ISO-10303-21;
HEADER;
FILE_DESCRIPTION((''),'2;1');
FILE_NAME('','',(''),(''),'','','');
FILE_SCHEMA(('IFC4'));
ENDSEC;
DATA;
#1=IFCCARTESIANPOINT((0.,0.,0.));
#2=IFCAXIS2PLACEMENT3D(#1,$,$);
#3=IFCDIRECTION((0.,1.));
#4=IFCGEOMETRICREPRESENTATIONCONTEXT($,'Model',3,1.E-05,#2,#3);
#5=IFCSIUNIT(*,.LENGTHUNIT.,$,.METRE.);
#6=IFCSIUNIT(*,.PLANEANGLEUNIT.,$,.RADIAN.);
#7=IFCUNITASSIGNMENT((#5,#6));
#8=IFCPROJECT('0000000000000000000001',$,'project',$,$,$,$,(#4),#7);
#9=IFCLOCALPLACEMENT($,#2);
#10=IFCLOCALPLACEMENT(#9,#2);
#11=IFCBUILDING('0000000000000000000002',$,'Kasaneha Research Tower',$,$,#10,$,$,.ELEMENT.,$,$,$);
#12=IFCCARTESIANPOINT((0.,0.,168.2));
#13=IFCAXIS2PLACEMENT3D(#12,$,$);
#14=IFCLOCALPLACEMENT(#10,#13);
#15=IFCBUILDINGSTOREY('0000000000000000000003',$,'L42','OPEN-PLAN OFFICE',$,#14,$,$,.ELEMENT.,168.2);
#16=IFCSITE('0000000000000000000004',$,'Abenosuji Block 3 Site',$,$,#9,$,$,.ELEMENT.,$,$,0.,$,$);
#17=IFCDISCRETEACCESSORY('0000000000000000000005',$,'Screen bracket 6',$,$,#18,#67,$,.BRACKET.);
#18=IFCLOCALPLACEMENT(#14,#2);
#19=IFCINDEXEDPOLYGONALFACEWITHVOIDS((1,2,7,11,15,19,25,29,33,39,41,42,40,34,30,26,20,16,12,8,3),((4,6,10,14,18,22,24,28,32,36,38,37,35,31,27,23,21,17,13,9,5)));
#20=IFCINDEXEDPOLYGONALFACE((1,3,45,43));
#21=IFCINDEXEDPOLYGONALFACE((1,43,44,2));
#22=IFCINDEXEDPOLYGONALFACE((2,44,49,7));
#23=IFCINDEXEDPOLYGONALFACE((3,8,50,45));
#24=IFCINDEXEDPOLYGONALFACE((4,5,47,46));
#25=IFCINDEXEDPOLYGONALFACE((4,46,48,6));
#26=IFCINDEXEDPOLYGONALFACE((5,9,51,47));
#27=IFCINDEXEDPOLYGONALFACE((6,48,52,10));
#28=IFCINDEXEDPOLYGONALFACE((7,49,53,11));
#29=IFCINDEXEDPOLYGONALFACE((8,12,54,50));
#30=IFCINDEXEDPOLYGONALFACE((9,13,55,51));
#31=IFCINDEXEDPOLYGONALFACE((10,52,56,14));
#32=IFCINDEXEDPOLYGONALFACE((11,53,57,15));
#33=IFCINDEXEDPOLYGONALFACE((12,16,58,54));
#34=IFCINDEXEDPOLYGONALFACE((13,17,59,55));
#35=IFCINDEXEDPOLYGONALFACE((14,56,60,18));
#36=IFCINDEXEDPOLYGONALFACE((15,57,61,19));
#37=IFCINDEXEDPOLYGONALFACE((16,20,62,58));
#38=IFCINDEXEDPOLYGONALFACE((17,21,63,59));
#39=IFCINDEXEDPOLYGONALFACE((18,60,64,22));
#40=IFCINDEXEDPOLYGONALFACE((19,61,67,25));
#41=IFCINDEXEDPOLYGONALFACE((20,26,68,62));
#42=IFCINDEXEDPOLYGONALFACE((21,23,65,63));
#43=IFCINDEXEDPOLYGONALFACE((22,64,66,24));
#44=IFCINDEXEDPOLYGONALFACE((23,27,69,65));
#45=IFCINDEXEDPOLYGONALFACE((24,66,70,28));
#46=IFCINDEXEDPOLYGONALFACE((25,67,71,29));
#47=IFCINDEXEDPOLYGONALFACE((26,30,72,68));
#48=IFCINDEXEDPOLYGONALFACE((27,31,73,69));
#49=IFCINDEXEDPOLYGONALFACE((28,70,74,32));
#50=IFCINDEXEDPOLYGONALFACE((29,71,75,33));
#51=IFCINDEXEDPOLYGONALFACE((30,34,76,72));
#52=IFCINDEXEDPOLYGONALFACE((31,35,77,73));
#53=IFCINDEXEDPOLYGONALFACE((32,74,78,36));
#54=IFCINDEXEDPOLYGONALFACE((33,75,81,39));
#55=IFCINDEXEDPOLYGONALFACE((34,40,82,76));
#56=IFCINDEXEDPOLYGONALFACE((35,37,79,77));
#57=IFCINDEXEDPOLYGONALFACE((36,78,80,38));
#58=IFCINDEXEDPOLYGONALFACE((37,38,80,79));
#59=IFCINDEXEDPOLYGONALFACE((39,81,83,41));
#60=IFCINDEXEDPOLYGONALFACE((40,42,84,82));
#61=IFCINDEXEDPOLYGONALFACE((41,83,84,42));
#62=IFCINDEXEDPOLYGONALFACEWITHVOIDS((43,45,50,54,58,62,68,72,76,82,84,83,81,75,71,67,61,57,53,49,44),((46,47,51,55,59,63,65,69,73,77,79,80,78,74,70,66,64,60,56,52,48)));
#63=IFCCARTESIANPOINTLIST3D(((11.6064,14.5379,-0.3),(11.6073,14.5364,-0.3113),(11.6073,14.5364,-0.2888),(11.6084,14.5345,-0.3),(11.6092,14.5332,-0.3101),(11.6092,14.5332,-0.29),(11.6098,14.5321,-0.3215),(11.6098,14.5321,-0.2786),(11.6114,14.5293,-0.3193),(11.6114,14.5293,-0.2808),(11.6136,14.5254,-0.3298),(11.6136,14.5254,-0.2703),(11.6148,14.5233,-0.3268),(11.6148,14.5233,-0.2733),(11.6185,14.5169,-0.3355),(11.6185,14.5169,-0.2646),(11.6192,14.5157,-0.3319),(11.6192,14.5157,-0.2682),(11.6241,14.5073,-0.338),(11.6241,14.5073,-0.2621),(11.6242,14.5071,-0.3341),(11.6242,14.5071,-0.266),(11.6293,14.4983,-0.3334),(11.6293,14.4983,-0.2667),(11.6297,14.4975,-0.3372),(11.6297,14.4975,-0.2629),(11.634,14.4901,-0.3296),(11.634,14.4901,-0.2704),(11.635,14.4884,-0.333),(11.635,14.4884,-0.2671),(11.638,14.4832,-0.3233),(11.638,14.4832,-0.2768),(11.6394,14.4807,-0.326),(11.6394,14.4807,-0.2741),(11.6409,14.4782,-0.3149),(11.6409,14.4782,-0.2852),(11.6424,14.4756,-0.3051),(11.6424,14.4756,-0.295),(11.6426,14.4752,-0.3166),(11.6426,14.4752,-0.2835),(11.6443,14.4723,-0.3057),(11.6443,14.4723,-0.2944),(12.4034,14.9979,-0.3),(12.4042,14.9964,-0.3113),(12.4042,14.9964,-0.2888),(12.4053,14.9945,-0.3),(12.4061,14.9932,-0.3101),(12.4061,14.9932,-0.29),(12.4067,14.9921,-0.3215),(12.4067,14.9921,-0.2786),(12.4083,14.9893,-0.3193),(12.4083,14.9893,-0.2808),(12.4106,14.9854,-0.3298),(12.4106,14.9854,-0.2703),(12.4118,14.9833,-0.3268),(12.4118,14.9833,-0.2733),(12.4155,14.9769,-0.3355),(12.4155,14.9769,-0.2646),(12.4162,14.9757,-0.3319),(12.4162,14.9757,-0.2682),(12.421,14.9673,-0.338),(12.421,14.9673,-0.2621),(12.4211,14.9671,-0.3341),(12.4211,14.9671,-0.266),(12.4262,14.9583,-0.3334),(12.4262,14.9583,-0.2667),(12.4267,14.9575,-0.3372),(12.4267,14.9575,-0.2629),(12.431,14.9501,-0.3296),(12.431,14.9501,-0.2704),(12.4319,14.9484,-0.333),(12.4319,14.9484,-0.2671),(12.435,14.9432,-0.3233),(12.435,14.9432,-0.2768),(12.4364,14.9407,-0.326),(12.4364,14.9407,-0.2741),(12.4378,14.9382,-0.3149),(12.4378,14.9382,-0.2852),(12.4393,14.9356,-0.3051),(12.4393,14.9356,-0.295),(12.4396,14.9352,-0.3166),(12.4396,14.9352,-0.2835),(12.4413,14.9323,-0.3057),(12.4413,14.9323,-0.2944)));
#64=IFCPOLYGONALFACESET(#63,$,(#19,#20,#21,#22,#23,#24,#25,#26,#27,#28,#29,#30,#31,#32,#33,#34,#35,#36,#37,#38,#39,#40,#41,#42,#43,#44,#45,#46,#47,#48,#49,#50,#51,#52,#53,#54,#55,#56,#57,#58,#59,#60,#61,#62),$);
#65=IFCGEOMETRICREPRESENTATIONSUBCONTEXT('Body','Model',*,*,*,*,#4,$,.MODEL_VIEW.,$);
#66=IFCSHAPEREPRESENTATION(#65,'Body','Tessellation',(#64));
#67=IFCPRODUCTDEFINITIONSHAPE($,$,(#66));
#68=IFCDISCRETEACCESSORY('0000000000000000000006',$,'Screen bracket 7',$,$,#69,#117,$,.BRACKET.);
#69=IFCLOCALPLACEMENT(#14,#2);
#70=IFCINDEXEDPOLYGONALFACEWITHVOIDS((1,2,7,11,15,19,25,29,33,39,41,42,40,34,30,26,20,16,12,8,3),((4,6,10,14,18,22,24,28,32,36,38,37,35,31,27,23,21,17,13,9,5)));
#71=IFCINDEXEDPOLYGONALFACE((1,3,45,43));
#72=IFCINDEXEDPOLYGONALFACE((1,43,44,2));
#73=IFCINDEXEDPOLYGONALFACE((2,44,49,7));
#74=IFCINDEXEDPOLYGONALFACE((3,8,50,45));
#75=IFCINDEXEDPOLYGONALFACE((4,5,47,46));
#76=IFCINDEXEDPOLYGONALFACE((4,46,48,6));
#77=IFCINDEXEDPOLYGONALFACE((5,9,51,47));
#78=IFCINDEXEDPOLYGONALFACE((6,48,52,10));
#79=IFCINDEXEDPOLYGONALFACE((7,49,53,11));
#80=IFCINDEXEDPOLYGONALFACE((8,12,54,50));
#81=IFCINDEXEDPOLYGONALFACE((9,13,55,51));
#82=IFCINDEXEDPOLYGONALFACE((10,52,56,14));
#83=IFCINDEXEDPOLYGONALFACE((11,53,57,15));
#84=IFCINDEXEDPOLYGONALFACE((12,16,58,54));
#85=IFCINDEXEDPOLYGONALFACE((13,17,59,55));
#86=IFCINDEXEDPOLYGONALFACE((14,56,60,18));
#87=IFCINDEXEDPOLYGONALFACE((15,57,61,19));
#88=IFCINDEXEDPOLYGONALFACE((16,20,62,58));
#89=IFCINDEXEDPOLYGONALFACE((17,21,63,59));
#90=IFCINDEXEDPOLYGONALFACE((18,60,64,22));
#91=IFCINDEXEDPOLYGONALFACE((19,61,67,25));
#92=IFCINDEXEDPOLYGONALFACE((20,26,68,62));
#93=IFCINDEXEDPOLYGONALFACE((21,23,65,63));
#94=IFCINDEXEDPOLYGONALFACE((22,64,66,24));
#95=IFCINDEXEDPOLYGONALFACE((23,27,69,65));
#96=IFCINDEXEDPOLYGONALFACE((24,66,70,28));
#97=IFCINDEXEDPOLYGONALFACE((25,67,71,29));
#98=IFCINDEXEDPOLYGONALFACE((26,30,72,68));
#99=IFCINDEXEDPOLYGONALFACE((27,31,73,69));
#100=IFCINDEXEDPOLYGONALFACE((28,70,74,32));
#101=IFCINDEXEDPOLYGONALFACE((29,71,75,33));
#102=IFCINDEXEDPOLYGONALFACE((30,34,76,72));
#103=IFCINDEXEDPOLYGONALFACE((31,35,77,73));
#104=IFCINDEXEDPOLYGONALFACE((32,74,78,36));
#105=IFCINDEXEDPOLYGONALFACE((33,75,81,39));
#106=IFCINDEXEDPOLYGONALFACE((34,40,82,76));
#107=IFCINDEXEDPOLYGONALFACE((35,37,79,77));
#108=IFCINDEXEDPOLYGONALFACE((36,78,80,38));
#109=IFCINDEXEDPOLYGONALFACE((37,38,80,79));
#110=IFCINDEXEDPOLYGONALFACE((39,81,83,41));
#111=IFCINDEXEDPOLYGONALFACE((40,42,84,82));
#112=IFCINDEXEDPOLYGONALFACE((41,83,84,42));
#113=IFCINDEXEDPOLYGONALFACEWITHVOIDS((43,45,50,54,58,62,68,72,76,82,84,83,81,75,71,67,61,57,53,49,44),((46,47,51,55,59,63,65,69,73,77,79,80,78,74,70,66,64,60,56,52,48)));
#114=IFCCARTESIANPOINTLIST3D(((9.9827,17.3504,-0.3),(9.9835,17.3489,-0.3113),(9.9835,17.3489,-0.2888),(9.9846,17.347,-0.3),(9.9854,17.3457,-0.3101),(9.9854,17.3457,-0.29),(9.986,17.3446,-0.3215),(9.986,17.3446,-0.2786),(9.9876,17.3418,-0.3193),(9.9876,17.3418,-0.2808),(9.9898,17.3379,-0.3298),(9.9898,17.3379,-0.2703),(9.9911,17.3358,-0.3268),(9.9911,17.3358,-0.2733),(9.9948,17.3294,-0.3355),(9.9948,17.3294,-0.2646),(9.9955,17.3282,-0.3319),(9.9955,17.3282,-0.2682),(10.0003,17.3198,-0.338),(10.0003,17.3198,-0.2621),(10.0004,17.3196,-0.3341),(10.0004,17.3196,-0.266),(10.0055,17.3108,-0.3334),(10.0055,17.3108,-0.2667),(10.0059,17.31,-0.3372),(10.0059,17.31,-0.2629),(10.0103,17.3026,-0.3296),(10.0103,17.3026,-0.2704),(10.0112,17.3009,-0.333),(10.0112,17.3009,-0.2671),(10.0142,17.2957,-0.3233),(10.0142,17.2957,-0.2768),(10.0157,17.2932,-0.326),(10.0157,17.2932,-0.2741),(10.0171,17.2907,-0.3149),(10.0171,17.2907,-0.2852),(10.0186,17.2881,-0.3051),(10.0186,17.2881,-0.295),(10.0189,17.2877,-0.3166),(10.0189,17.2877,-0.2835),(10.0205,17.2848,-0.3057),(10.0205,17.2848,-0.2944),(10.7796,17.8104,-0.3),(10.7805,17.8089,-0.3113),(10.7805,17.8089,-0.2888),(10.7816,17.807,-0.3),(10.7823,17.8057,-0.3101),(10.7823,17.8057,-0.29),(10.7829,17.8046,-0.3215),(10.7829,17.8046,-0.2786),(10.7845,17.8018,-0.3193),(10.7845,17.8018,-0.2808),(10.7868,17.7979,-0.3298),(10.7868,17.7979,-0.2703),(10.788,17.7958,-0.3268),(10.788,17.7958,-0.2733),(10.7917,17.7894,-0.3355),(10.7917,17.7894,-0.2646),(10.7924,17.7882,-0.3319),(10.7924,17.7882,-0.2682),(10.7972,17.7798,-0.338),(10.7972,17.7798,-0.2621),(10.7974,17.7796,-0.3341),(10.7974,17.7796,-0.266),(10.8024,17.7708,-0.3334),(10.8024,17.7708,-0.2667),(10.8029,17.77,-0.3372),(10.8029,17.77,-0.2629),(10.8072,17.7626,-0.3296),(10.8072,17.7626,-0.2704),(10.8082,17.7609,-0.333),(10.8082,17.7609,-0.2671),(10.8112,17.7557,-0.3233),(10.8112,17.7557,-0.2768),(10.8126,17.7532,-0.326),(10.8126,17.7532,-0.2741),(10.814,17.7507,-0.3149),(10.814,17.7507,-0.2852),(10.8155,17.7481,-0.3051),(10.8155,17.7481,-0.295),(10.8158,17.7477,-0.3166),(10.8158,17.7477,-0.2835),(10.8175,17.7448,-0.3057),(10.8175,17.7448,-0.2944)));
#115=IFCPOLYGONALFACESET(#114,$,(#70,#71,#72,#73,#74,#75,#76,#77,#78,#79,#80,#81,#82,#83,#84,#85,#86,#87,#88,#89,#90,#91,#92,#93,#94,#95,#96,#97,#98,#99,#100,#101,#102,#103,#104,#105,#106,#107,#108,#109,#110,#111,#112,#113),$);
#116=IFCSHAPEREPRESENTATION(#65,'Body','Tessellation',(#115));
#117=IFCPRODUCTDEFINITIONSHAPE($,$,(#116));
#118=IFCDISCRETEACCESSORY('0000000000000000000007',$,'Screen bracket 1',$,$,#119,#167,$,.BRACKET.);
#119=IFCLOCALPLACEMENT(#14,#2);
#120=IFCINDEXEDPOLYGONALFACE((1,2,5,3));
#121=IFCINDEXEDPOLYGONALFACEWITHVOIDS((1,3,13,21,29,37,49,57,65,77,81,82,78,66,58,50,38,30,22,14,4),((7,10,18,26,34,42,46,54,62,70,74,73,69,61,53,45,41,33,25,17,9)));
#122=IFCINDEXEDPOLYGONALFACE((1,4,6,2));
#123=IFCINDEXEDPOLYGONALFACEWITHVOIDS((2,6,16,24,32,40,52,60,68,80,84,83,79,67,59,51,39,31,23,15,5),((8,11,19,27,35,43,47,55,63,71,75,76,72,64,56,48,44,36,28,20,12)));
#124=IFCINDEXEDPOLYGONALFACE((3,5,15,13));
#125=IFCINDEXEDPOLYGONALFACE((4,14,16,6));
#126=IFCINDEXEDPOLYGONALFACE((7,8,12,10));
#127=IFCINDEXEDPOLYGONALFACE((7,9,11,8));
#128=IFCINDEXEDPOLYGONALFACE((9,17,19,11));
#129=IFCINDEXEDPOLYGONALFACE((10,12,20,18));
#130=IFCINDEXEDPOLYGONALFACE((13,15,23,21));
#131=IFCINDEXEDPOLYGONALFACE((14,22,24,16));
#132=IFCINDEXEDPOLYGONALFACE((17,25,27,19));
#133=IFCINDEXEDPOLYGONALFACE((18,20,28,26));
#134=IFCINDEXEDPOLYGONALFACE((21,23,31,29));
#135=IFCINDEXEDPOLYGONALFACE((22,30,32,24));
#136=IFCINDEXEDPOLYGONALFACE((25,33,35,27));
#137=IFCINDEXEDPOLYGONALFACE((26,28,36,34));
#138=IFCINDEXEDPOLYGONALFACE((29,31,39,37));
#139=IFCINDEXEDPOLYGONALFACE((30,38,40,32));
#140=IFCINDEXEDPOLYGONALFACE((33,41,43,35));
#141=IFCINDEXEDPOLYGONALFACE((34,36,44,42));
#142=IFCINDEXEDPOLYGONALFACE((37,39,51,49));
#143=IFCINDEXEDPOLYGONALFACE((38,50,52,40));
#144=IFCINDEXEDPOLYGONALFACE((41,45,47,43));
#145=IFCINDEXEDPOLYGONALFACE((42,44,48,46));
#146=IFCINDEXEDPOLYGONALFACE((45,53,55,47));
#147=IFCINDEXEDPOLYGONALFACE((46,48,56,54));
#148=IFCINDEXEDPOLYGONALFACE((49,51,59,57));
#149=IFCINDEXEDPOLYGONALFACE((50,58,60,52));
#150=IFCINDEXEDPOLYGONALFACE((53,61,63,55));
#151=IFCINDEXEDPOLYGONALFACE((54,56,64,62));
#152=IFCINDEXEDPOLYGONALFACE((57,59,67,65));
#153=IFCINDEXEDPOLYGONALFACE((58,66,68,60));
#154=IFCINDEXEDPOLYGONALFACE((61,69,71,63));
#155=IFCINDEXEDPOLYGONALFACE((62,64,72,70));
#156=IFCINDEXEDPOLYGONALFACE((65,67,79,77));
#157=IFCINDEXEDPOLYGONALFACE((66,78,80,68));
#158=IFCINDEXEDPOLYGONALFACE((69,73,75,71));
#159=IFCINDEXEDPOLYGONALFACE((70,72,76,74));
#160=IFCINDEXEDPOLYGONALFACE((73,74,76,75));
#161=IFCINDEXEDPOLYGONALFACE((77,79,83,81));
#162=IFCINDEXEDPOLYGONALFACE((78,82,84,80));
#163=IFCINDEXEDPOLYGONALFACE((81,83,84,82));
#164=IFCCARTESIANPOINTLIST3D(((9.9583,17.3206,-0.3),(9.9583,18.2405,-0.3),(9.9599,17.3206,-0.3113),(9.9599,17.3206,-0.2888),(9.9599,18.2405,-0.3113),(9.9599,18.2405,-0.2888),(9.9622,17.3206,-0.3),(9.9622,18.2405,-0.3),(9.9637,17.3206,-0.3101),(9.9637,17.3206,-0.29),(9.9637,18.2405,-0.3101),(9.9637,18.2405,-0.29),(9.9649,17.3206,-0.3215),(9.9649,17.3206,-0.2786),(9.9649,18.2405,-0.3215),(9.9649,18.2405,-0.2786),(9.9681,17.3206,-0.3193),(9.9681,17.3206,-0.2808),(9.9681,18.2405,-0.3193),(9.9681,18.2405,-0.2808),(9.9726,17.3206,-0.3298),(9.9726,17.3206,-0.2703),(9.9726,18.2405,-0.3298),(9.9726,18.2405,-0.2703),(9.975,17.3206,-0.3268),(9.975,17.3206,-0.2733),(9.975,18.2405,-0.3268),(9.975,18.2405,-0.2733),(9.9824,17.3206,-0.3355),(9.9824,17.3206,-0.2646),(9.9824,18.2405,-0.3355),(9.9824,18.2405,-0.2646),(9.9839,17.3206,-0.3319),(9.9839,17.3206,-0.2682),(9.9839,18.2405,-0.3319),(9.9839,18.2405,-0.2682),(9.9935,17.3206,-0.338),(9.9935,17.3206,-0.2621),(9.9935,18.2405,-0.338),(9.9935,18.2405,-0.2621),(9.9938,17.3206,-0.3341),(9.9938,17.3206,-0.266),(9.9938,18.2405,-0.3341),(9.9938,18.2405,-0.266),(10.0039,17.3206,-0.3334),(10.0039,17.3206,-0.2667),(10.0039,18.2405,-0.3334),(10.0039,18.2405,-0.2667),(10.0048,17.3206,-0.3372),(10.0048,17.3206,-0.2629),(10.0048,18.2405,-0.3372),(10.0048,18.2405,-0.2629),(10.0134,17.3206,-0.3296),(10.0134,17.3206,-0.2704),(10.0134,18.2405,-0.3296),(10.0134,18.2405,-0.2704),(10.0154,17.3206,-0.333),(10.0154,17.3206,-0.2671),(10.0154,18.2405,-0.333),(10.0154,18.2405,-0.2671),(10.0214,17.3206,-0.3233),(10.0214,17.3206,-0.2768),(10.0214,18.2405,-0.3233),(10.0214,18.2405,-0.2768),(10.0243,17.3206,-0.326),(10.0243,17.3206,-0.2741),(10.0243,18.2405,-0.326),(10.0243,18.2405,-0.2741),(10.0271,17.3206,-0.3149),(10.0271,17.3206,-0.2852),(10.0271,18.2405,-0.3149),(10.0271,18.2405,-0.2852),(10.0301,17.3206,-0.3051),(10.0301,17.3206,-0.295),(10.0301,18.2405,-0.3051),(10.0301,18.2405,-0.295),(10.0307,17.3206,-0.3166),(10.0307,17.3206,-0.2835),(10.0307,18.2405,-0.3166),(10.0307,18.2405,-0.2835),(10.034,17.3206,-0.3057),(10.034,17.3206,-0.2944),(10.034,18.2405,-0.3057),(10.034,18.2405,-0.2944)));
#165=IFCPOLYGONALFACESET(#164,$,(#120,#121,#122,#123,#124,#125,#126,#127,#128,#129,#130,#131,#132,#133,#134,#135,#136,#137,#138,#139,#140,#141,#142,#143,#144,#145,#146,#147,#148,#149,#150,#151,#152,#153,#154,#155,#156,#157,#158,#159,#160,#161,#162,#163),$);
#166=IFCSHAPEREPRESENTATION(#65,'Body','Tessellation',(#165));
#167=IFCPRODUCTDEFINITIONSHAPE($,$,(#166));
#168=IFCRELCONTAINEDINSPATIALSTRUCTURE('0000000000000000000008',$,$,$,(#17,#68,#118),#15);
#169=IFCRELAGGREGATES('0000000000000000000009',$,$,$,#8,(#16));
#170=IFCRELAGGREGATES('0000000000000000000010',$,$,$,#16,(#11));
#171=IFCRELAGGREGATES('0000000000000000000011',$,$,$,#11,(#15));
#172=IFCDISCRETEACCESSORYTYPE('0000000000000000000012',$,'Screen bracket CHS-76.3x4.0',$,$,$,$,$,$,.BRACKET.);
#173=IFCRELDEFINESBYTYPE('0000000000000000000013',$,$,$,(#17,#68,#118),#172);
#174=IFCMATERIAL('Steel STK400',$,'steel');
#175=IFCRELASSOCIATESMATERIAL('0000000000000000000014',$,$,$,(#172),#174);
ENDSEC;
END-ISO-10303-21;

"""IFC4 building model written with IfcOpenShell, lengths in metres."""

from ifc_helpers import new_model, si_unit, direction, frame, origin, origin_2d, place, context, subcontext, project, spatial, hollow_circle, extrude, material, material_profile, profile_set, type_object, element, save


model = new_model("IFC4")

# Units and contexts
model_context = context("Model", 3, precision=1e-05, world=origin(), true_north=direction((0.0, 1.0)))
body_context = subcontext(model_context, "Body", "Model", "MODEL_VIEW")
ifc_project = project(units=[si_unit("LENGTHUNIT", "METRE"), si_unit("PLANEANGLEUNIT", "RADIAN")], contexts=[model_context])

# Site, building, storey
site_placement = place(None, origin())
site = spatial("IfcSite", under=ifc_project, at=site_placement, Name="Abenosuji Block 3 Site", CompositionType="ELEMENT", RefElevation=0.0)
building_placement = place(site_placement, origin())
building = spatial("IfcBuilding", under=site, at=building_placement, Name="Kasaneha Research Tower", CompositionType="ELEMENT")
storey_placement = place(building_placement, frame((0.0, 0.0, 168.2)))
storey = spatial("IfcBuildingStorey", under=building, at=storey_placement, Name="L42", Description="OPEN-PLAN OFFICE", CompositionType="ELEMENT", Elevation=168.2)

# Discrete accessories
ifc_material_1 = material(Name="Steel STK400", Category="steel")
ifc_material_profile_1 = material_profile(ifc_material_1, hollow_circle(Radius=0.0381, WallThickness=0.0039, at=origin_2d()), Name="CHS-76.3x4.0")
ifc_profile_set_1 = profile_set([ifc_material_profile_1], Name="Steel STK400")
discrete_accessory_type = type_object("IfcDiscreteAccessoryType", Name="Screen bracket CHS-76.3x4.0", PredefinedType="BRACKET", material=ifc_profile_set_1)
for number, where, z_axis, x_axis, name in (
    (1, (11.6255, 14.5049, -0.3), (0.86608, 0.499906, 0.0), (-0.499906, 0.86608, 0.0), "Screen bracket 6"),
    (2, (10.0017, 17.3174, -0.3), (0.86608, 0.499906, 0.0), (-0.499906, 0.86608, 0.0), "Screen bracket 7"),
):
    element("IfcDiscreteAccessory", number, at=place(storey_placement, frame(where, z_axis=z_axis, x_axis=x_axis)), inside=storey, type_object=discrete_accessory_type, Name=name, PredefinedType="BRACKET", context=body_context, shape_type="SweptSolid", body=[
        extrude(hollow_circle(Radius=0.0381, WallThickness=0.0039, at=origin_2d()), origin(), (0.0, 0.0, 1.0), 0.9202),
    ])
discrete_accessory_placement = place(storey_placement, frame((9.9963, 17.3206, -0.3), z_axis=(0.0, 1.0, 0.0), x_axis=(-1.0, 0.0, 0.0)))
element("IfcDiscreteAccessory", 3, at=discrete_accessory_placement, inside=storey, type_object=discrete_accessory_type, Name="Screen bracket 1", PredefinedType="BRACKET", context=body_context, shape_type="SweptSolid", body=[
    extrude(hollow_circle(Radius=0.0381, WallThickness=0.0039, at=origin_2d()), origin(), (0.0, 0.0, 1.0), 0.9199),
])

save(model, "model.ifc")
